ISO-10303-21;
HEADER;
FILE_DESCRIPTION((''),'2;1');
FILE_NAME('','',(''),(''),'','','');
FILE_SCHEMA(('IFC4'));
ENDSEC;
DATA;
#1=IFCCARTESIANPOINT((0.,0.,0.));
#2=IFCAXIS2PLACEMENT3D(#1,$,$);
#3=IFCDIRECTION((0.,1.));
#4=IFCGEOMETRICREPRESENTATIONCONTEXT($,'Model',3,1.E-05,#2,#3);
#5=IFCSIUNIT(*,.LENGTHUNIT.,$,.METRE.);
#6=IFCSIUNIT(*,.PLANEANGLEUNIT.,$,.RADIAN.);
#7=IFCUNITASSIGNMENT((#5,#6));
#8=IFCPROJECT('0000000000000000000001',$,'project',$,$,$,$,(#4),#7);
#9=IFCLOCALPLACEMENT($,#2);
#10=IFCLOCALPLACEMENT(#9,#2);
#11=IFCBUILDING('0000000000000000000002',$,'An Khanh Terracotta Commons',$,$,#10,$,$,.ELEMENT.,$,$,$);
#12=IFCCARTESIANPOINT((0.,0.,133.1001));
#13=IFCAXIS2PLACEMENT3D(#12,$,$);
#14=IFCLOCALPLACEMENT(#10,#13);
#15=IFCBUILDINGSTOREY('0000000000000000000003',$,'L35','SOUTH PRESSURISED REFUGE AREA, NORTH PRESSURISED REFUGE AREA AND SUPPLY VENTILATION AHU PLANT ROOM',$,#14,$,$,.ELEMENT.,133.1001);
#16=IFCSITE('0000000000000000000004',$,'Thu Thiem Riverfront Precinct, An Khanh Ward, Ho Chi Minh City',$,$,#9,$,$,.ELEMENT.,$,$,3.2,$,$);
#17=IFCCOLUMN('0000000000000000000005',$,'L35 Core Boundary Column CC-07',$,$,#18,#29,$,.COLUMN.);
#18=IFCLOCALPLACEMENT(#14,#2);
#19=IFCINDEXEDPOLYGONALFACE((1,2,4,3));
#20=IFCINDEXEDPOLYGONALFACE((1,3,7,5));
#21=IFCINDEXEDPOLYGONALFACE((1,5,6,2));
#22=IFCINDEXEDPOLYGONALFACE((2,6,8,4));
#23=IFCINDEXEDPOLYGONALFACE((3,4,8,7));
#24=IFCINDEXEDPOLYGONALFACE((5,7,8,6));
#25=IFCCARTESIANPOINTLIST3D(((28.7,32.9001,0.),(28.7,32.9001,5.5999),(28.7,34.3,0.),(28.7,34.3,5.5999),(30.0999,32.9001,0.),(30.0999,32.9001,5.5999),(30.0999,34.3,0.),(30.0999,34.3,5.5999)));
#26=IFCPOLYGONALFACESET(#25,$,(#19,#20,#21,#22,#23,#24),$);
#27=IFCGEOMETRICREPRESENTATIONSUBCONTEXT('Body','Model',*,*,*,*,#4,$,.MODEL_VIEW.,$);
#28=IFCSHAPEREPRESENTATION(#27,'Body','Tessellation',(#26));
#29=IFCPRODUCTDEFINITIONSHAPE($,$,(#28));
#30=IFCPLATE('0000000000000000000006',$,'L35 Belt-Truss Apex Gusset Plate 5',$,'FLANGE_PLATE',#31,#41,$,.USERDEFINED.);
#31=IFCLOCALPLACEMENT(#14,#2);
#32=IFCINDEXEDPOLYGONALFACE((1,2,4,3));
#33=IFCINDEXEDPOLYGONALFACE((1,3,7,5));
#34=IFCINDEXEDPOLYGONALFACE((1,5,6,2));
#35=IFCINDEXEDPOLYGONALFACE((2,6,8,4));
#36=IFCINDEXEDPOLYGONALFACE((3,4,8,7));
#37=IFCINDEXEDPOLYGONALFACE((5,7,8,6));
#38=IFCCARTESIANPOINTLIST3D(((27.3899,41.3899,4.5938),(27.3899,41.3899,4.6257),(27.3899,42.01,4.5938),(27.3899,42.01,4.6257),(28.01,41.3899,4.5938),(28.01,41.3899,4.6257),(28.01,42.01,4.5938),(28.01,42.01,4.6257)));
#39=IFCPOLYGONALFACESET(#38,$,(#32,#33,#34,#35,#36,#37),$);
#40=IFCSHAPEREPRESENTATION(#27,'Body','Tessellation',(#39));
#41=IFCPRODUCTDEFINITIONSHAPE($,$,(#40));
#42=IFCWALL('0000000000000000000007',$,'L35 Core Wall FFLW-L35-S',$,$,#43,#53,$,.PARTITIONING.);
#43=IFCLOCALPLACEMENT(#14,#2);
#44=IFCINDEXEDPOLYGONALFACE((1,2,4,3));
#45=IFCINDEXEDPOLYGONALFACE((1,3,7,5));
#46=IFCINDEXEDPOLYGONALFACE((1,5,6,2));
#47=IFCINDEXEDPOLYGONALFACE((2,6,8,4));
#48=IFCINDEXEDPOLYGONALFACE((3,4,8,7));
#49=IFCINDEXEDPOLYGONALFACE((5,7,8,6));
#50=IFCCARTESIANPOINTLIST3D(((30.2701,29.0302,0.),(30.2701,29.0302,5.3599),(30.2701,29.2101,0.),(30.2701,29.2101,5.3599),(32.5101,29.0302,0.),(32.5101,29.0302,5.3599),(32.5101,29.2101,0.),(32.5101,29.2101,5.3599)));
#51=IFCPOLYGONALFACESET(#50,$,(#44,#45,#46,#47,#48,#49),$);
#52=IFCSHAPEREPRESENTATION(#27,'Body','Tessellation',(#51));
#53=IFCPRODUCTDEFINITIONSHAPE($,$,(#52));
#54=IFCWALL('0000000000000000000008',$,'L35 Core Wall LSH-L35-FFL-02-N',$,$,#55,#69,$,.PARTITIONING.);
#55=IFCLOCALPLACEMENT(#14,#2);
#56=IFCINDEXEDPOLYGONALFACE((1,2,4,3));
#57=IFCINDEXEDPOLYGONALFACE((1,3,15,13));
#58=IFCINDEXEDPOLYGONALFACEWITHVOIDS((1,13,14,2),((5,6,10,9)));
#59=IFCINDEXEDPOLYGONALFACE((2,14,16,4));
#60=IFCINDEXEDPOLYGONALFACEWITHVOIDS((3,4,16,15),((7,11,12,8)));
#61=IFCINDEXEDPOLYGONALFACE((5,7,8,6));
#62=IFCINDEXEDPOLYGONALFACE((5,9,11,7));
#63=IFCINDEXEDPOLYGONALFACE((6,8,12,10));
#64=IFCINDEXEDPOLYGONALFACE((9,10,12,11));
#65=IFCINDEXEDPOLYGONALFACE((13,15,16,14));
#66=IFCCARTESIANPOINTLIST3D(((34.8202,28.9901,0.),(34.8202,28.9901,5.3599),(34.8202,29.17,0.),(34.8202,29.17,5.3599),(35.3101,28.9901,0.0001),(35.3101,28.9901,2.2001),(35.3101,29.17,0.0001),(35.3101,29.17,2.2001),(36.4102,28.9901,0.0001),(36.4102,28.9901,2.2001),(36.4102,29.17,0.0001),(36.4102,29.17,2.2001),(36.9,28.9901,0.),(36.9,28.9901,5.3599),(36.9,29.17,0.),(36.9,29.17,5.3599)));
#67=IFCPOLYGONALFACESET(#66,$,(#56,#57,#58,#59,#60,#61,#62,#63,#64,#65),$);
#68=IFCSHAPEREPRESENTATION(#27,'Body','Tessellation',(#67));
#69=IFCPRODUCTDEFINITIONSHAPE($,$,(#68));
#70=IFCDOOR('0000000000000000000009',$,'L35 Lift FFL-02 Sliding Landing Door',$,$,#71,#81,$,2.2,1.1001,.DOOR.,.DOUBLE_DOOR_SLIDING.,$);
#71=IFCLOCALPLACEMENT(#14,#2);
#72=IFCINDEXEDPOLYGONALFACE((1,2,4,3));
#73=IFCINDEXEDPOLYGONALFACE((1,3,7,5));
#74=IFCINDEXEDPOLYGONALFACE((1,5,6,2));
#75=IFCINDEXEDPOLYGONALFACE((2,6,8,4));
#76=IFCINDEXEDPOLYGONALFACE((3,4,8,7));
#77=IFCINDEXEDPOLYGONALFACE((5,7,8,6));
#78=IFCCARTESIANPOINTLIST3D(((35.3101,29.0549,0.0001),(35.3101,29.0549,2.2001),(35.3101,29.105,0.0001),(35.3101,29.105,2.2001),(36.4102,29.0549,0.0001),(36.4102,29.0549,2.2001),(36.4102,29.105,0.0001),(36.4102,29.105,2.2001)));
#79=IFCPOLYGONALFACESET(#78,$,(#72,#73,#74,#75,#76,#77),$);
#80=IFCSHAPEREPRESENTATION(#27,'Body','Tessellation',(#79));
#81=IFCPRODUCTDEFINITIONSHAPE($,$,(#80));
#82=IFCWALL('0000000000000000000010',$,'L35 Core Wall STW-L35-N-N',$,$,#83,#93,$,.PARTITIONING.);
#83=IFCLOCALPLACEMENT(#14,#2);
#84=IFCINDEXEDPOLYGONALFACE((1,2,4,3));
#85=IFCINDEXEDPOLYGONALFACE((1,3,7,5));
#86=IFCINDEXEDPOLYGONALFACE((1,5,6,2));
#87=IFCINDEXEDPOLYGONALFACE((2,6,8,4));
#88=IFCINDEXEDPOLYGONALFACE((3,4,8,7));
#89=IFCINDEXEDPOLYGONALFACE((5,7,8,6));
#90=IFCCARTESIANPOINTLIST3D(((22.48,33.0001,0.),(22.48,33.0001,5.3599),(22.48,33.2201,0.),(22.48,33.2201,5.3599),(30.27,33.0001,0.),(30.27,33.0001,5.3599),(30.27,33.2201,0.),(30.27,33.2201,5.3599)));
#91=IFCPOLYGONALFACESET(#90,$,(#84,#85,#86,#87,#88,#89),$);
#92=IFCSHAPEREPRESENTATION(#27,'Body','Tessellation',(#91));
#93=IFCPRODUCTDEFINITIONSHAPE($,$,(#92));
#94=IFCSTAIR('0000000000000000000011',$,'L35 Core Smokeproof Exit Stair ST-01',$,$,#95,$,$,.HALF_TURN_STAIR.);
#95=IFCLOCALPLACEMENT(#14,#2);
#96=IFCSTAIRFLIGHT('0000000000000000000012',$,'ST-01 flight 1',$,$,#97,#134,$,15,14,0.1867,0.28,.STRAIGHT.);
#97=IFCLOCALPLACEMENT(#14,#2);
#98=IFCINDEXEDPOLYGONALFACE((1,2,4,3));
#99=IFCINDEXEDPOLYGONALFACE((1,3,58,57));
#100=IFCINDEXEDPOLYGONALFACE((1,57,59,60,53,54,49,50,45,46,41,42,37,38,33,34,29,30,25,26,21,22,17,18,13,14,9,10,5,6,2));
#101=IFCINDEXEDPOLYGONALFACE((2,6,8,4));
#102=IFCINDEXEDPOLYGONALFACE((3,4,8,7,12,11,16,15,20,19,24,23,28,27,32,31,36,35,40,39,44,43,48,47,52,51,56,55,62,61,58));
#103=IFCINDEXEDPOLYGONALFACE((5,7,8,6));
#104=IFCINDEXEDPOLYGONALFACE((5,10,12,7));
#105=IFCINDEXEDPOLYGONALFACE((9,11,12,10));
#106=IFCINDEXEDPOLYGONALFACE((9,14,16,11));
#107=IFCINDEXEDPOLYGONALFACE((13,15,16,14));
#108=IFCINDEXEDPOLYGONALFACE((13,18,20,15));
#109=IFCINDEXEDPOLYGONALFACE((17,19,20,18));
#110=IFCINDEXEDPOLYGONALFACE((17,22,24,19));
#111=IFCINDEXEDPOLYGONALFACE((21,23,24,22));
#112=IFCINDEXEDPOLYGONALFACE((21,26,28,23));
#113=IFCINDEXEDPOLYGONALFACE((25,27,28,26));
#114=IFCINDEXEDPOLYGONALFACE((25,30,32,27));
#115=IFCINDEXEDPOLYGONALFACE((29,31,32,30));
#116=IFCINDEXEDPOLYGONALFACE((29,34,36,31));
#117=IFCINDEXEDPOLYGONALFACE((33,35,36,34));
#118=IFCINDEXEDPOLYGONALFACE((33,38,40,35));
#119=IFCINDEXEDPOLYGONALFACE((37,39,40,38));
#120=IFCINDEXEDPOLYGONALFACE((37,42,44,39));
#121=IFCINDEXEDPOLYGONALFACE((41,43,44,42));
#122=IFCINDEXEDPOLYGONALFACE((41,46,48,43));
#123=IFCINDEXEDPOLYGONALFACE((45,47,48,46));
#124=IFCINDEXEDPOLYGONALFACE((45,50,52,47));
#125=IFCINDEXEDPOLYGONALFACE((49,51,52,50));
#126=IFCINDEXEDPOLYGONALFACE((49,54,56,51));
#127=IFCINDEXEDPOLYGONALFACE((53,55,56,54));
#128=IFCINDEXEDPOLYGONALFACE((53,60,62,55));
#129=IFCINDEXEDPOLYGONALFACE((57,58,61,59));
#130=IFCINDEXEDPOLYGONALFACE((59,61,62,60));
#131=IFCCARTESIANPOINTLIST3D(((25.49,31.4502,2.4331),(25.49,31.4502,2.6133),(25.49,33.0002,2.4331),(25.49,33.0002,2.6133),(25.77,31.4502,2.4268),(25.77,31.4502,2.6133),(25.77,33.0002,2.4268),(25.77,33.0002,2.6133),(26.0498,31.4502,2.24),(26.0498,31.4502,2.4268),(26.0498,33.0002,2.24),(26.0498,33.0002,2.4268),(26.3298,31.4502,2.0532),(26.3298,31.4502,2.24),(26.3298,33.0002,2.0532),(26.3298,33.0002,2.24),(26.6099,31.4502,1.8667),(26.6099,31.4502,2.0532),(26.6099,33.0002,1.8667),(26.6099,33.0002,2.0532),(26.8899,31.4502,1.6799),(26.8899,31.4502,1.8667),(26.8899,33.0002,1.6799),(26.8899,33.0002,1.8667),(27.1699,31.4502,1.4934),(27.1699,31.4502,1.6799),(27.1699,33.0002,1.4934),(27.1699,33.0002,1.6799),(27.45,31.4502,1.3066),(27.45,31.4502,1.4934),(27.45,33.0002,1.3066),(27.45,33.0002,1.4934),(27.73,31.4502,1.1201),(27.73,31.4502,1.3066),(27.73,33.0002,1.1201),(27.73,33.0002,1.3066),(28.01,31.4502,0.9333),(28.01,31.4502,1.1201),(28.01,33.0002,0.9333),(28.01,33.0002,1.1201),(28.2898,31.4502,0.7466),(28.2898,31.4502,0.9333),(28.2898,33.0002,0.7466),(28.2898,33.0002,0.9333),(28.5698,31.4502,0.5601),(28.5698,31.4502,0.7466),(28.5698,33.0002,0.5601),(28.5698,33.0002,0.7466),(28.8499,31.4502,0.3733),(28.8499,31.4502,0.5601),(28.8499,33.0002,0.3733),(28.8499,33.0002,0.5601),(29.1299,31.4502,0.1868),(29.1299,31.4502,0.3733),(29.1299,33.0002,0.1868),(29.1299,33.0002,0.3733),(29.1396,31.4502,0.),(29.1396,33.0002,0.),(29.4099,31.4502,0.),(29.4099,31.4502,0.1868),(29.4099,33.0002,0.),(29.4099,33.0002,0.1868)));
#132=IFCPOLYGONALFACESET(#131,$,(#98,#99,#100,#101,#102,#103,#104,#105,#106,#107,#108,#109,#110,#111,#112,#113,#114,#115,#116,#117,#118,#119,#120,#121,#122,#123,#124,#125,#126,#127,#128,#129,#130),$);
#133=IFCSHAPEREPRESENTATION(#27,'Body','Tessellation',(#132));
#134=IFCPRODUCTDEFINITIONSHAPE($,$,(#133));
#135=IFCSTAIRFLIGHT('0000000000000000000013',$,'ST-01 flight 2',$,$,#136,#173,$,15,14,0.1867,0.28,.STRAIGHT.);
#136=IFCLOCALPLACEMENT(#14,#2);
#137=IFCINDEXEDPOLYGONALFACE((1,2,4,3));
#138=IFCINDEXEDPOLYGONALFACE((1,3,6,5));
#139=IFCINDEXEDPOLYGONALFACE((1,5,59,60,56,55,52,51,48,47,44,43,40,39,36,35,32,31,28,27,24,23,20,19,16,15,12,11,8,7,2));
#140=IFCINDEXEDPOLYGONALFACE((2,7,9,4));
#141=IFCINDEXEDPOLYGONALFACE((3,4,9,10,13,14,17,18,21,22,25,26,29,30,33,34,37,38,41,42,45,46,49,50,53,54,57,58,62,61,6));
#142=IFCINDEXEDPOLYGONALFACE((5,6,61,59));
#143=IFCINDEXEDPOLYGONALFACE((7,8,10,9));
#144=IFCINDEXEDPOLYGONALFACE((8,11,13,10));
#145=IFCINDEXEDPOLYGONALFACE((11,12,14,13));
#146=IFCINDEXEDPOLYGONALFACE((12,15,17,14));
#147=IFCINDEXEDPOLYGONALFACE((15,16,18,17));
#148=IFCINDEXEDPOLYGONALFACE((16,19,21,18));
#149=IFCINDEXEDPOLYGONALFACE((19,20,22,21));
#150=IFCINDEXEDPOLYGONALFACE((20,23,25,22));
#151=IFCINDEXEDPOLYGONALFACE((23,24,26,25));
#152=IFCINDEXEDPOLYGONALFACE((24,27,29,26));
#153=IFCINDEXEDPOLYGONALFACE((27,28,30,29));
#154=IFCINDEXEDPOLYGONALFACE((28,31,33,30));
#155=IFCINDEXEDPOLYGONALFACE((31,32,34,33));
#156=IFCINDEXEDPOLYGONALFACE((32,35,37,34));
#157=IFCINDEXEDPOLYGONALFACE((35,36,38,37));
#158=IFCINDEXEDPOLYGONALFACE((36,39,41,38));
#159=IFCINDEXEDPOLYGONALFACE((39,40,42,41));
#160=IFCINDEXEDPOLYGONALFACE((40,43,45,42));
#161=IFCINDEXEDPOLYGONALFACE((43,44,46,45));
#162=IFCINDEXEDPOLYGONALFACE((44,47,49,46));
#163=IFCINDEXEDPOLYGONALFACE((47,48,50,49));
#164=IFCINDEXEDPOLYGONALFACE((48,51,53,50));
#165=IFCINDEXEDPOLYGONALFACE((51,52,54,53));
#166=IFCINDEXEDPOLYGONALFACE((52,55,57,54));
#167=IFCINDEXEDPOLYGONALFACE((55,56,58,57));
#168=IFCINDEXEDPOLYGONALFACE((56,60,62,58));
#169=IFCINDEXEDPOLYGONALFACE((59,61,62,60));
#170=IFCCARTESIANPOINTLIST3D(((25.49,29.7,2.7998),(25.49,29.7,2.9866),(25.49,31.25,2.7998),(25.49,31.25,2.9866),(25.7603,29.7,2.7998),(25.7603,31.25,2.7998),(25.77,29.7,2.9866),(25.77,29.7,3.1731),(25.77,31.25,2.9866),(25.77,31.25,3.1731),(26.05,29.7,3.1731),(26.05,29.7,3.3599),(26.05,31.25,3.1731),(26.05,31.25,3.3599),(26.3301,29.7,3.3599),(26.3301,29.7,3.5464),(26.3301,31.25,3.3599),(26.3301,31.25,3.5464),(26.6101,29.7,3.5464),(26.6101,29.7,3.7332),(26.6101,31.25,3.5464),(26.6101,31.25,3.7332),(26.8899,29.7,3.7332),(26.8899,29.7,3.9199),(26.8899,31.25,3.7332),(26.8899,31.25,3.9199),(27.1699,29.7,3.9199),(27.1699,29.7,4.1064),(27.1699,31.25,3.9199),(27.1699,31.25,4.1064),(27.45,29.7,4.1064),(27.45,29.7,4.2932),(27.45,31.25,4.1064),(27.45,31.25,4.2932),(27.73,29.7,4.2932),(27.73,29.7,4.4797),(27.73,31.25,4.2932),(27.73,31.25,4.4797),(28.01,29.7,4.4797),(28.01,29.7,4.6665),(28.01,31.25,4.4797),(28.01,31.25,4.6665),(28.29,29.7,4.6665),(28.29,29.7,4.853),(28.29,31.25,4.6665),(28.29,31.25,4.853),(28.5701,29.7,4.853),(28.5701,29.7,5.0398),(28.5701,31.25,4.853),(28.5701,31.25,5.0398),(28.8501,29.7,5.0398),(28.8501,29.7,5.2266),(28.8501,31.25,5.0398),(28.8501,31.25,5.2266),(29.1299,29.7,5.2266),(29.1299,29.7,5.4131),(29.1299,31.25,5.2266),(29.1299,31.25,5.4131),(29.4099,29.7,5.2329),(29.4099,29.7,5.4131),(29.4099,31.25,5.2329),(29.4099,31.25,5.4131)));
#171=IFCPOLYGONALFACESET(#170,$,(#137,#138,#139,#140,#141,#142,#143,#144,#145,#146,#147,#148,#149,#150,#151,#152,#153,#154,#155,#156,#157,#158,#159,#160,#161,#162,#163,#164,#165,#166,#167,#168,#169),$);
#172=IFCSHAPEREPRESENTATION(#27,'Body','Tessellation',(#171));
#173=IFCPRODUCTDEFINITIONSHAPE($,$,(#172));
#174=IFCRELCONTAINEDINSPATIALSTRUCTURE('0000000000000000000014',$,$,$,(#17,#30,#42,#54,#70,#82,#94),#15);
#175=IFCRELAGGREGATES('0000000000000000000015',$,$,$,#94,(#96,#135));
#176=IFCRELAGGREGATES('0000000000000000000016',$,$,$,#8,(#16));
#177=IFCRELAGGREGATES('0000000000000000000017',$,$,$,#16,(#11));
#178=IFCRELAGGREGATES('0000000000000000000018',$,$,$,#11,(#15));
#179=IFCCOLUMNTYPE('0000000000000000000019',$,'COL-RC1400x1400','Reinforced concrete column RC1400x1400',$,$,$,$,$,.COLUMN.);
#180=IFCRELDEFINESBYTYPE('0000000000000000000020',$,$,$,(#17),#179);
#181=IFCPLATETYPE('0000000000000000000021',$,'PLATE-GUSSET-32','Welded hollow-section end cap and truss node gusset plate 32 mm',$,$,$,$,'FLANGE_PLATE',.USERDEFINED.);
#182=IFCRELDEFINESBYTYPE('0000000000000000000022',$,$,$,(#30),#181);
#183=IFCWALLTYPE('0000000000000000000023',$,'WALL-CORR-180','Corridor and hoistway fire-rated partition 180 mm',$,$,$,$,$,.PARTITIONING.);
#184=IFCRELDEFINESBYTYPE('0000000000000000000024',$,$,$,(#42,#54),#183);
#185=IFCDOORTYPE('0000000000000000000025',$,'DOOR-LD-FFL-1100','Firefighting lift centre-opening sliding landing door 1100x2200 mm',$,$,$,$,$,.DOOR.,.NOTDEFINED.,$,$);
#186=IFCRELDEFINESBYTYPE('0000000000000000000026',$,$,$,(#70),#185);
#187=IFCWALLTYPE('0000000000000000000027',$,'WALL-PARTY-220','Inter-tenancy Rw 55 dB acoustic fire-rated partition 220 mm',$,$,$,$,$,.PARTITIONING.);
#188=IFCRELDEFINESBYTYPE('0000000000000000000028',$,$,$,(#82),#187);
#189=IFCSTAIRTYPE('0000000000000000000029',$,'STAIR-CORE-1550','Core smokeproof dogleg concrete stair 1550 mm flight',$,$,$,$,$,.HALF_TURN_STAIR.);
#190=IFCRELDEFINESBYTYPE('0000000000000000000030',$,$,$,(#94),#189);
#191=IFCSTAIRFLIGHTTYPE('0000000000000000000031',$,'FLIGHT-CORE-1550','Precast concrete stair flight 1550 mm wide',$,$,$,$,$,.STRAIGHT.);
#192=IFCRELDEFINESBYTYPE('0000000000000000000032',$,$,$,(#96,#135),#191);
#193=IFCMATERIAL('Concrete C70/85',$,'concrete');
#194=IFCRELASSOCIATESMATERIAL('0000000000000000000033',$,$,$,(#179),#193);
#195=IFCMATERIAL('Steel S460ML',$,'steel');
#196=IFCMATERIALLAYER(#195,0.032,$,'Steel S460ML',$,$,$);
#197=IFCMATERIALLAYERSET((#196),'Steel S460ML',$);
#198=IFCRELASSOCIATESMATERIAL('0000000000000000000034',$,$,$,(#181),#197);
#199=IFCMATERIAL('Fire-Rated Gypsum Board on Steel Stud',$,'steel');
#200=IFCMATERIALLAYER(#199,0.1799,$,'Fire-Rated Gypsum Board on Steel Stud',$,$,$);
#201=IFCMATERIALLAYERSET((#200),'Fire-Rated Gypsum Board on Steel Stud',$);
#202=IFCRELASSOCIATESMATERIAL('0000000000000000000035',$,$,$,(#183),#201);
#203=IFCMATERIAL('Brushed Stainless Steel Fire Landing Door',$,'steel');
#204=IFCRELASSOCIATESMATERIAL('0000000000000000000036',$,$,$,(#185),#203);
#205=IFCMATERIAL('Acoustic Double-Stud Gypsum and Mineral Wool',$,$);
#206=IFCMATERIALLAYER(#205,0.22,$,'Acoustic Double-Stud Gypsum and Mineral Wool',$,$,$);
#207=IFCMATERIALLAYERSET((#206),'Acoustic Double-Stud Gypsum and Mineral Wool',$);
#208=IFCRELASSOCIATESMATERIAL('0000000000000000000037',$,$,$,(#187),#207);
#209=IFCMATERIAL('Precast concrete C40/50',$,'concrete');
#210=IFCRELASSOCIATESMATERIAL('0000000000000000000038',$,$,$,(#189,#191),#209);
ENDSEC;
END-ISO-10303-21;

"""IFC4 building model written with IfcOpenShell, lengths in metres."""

from ifc_helpers import new_model, si_unit, direction, frame, frame_2d, origin, origin_2d, place, context, subcontext, project, spatial, polyline, rectangle, outline, extrude, material, layer, layer_set, material_profile, profile_set, type_object, element, fill, aggregate, save


model = new_model("IFC4")

# Units and contexts
model_context = context("Model", 3, precision=1e-05, world=origin(), true_north=direction((0.0, 1.0)))
body_context = subcontext(model_context, "Body", "Model", "MODEL_VIEW")
ifc_project = project(units=[si_unit("LENGTHUNIT", "METRE"), si_unit("PLANEANGLEUNIT", "RADIAN")], contexts=[model_context])

# Site, building, storey
site_placement = place(None, origin())
site = spatial("IfcSite", under=ifc_project, at=site_placement, Name="Thu Thiem Riverfront Precinct, An Khanh Ward, Ho Chi Minh City", CompositionType="ELEMENT", RefElevation=3.2)
building_placement = place(site_placement, origin())
building = spatial("IfcBuilding", under=site, at=building_placement, Name="An Khanh Terracotta Commons", CompositionType="ELEMENT")
storey_placement = place(building_placement, frame((0.0, 0.0, 133.1001)))
storey = spatial("IfcBuildingStorey", under=building, at=storey_placement, Name="L35", Description="SOUTH PRESSURISED REFUGE AREA, NORTH PRESSURISED REFUGE AREA AND SUPPLY VENTILATION AHU PLANT ROOM", CompositionType="ELEMENT", Elevation=133.1001)

# Column
ifc_material_1 = material(Name="Concrete C70/85", Category="concrete")
ifc_material_profile = material_profile(ifc_material_1, rectangle(XDim=1.3999, YDim=1.3999, at=origin_2d()), Name="RC1400x1400")
ifc_profile_set = profile_set([ifc_material_profile], Name="Concrete C70/85")
column_type = type_object("IfcColumnType", Name="COL-RC1400x1400", Description="Reinforced concrete column RC1400x1400", PredefinedType="COLUMN", material=ifc_profile_set)
column_placement = place(storey_placement, frame((29.3999, 33.6001, 0.0), z_axis=(0.0, 0.0, 1.0), x_axis=(1.0, 0.0, 0.0)))
element("IfcColumn", 1, at=column_placement, inside=storey, type_object=column_type, Name="L35 Core Boundary Column CC-07", PredefinedType="COLUMN", context=body_context, shape_type="SweptSolid", body=[
    extrude(rectangle(XDim=1.3999, YDim=1.3999, at=origin_2d()), origin(), (0.0, 0.0, 1.0), 5.5999),
])

# Plate
ifc_material_2 = material(Name="Steel S460ML", Category="steel")
ifc_layer_1 = layer(ifc_material_2, 0.032, Name="Steel S460ML")
ifc_layer_set_1 = layer_set([ifc_layer_1], Name="Steel S460ML")
plate_type = type_object("IfcPlateType", Name="PLATE-GUSSET-32", Description="Welded hollow-section end cap and truss node gusset plate 32 mm", ElementType="FLANGE_PLATE", PredefinedType="USERDEFINED", material=ifc_layer_set_1)
plate_placement = place(storey_placement, frame((27.7, 41.7, 4.5938), z_axis=(0.0, 0.0, 1.0), x_axis=(1.0, 0.0, 0.0)))
element("IfcPlate", 2, at=plate_placement, inside=storey, type_object=plate_type, Name="L35 Belt-Truss Apex Gusset Plate 5", ObjectType="FLANGE_PLATE", PredefinedType="USERDEFINED", context=body_context, shape_type="SweptSolid", body=[
    extrude(rectangle(XDim=0.6201, YDim=0.6201, at=origin_2d()), origin(), (0.0, 0.0, 1.0), 0.032),
])

# Wall
ifc_material_3 = material(Name="Fire-Rated Gypsum Board on Steel Stud", Category="steel")
ifc_layer_2 = layer(ifc_material_3, 0.1799, Name="Fire-Rated Gypsum Board on Steel Stud")
ifc_layer_set_2 = layer_set([ifc_layer_2], Name="Fire-Rated Gypsum Board on Steel Stud")
wall_type_1 = type_object("IfcWallType", Name="WALL-CORR-180", Description="Corridor and hoistway fire-rated partition 180 mm", PredefinedType="PARTITIONING", material=ifc_layer_set_2)
wall_1_placement = place(storey_placement, frame((30.27, 29.1201, 0.0), z_axis=(0.0, 0.0, 1.0), x_axis=(1.0, 0.0, 0.0)))
element("IfcWall", 3, at=wall_1_placement, inside=storey, type_object=wall_type_1, Name="L35 Core Wall FFLW-L35-S", PredefinedType="PARTITIONING", context=body_context, shape_type="SweptSolid", body=[
    extrude(rectangle(XDim=2.24, YDim=0.1799, at=frame_2d((1.1201, 0.0))), origin(), (0.0, 0.0, 1.0), 5.3599),
])

# Wall, opening, door
wall_2_placement = place(storey_placement, frame((34.8201, 29.0801, 0.0), z_axis=(0.0, 0.0, 1.0), x_axis=(1.0, 0.0, 0.0)))
wall_2 = element("IfcWall", 4, at=wall_2_placement, inside=storey, type_object=wall_type_1, Name="L35 Core Wall LSH-L35-FFL-02-N", PredefinedType="PARTITIONING", context=body_context, shape_type="SweptSolid", body=[
    extrude(rectangle(XDim=2.0798, YDim=0.1799, at=frame_2d((1.04, 0.0))), origin(), (0.0, 0.0, 1.0), 5.3599),
])
opening_1_placement = place(wall_2_placement, frame((0.49, 0.0, 0.0)))
opening_1 = element("IfcOpeningElement", 5, at=opening_1_placement, cuts=wall_2, PredefinedType="OPENING", context=body_context, shape_type="SweptSolid", body=[
    extrude(rectangle(XDim=1.1001, YDim=2.2, at=frame_2d((0.55, 1.1001))), frame((0.0, 0.0999, 0.0), z_axis=(0.0, -1.0, 0.0), x_axis=(1.0, 0.0, 0.0)), (0.0, 0.0, 1.0), 0.2),
])
ifc_material_4 = material(Name="Brushed Stainless Steel Fire Landing Door", Category="steel")
door_type_1 = type_object("IfcDoorType", Name="DOOR-LD-FFL-1100", Description="Firefighting lift centre-opening sliding landing door 1100x2200 mm", OperationType="NOTDEFINED", PredefinedType="DOOR", material=ifc_material_4)
door_1_placement = place(opening_1_placement, origin())
door_1 = element("IfcDoor", 6, at=door_1_placement, inside=storey, type_object=door_type_1, Name="L35 Lift FFL-02 Sliding Landing Door", OperationType="DOUBLE_DOOR_SLIDING", OverallHeight=2.2, OverallWidth=1.1001, PredefinedType="DOOR", context=body_context, shape_type="SweptSolid", body=[
    extrude(rectangle(XDim=1.1001, YDim=2.2, at=frame_2d((0.55, 1.1001))), frame((0.0, 0.0249, 0.0), z_axis=(0.0, -1.0, 0.0), x_axis=(1.0, 0.0, 0.0)), (0.0, 0.0, 1.0), 0.05),
])
fill(opening_1, door_1)

# Wall
ifc_material_5 = material(Name="Acoustic Double-Stud Gypsum and Mineral Wool")
ifc_layer_3 = layer(ifc_material_5, 0.22, Name="Acoustic Double-Stud Gypsum and Mineral Wool")
ifc_layer_set_3 = layer_set([ifc_layer_3], Name="Acoustic Double-Stud Gypsum and Mineral Wool")
wall_type_2 = type_object("IfcWallType", Name="WALL-PARTY-220", Description="Inter-tenancy Rw 55 dB acoustic fire-rated partition 220 mm", PredefinedType="PARTITIONING", material=ifc_layer_set_3)
wall_3_placement = place(storey_placement, frame((22.48, 33.1101, 0.0), z_axis=(0.0, 0.0, 1.0), x_axis=(1.0, 0.0, 0.0)))
element("IfcWall", 7, at=wall_3_placement, inside=storey, type_object=wall_type_2, Name="L35 Core Wall STW-L35-N-N", PredefinedType="PARTITIONING", context=body_context, shape_type="SweptSolid", body=[
    extrude(rectangle(XDim=7.79, YDim=0.22, at=frame_2d((3.895, 0.0))), origin(), (0.0, 0.0, 1.0), 5.3599),
])

# Stair, stair flights
ifc_material_6 = material(Name="Precast concrete C40/50", Category="concrete")
stair_type = type_object("IfcStairType", Name="STAIR-CORE-1550", Description="Core smokeproof dogleg concrete stair 1550 mm flight", PredefinedType="HALF_TURN_STAIR", material=ifc_material_6)
stair_placement = place(storey_placement, origin())
stair = element("IfcStair", 8, at=stair_placement, inside=storey, type_object=stair_type, Name="L35 Core Smokeproof Exit Stair ST-01", PredefinedType="HALF_TURN_STAIR")
stair_flight_type = type_object("IfcStairFlightType", Name="FLIGHT-CORE-1550", Description="Precast concrete stair flight 1550 mm wide", PredefinedType="STRAIGHT", material=ifc_material_6)
stair_flight_1_placement = place(storey_placement, frame((29.4099, 32.2251, 0.0), z_axis=(0.0, 0.0, 1.0), x_axis=(-1.0, 0.0, 0.0)))
stair_flight_1 = element("IfcStairFlight", 9, at=stair_flight_1_placement, type_object=stair_flight_type, Name="ST-01 flight 1", NumberOfRisers=15, NumberOfTreads=14, PredefinedType="STRAIGHT", RiserHeight=0.1867, TreadLength=0.28, context=body_context, shape_type="SweptSolid", body=[
    extrude(outline(polyline([(0.0, 0.0), (0.0, 0.1868), (0.28, 0.1868), (0.28, 0.3733), (0.5601, 0.3733), (0.5601, 0.5601), (0.8401, 0.5601), (0.8401, 0.7466), (1.1201, 0.7466), (1.1201, 0.9333), (1.3999, 0.9333), (1.3999, 1.1201), (1.6799, 1.1201), (1.6799, 1.3066), (1.96, 1.3066), (1.96, 1.4934), (2.24, 1.4934), (2.24, 1.6799), (2.52, 1.6799), (2.52, 1.8667), (2.8, 1.8667), (2.8, 2.0532), (3.0801, 2.0532), (3.0801, 2.24), (3.3601, 2.24), (3.3601, 2.4268), (3.6399, 2.4268), (3.6399, 2.6133), (3.9199, 2.6133), (3.9199, 2.8), (3.9199, 2.4331), (0.2703, 0.0), (0.0, 0.0)])), frame((0.0, 0.7749, 0.0), z_axis=(0.0, -1.0, 0.0), x_axis=(1.0, 0.0, 0.0)), (0.0, 0.0, 1.0), 1.55),
])
stair_flight_2_placement = place(storey_placement, frame((25.49, 30.4751, 2.7998), z_axis=(0.0, 0.0, 1.0), x_axis=(1.0, 0.0, 0.0)))
stair_flight_2 = element("IfcStairFlight", 10, at=stair_flight_2_placement, type_object=stair_flight_type, Name="ST-01 flight 2", NumberOfRisers=15, NumberOfTreads=14, PredefinedType="STRAIGHT", RiserHeight=0.1867, TreadLength=0.28, context=body_context, shape_type="SweptSolid", body=[
    extrude(outline(polyline([(0.0, 0.0), (0.0, 0.1868), (0.28, 0.1868), (0.28, 0.3733), (0.5601, 0.3733), (0.5601, 0.5601), (0.8401, 0.5601), (0.8401, 0.7466), (1.1201, 0.7466), (1.1201, 0.9333), (1.3999, 0.9333), (1.3999, 1.1201), (1.6799, 1.1201), (1.6799, 1.3066), (1.96, 1.3066), (1.96, 1.4934), (2.24, 1.4934), (2.24, 1.6799), (2.52, 1.6799), (2.52, 1.8667), (2.8, 1.8667), (2.8, 2.0532), (3.0801, 2.0532), (3.0801, 2.24), (3.3601, 2.24), (3.3601, 2.4268), (3.6399, 2.4268), (3.6399, 2.6133), (3.9199, 2.6133), (3.9199, 2.8), (3.9199, 2.4331), (0.2703, 0.0), (0.0, 0.0)])), frame((0.0, 0.7749, 0.0), z_axis=(0.0, -1.0, 0.0), x_axis=(1.0, 0.0, 0.0)), (0.0, 0.0, 1.0), 1.55),
])
aggregate(stair, [stair_flight_1, stair_flight_2])

save(model, "model.ifc")
